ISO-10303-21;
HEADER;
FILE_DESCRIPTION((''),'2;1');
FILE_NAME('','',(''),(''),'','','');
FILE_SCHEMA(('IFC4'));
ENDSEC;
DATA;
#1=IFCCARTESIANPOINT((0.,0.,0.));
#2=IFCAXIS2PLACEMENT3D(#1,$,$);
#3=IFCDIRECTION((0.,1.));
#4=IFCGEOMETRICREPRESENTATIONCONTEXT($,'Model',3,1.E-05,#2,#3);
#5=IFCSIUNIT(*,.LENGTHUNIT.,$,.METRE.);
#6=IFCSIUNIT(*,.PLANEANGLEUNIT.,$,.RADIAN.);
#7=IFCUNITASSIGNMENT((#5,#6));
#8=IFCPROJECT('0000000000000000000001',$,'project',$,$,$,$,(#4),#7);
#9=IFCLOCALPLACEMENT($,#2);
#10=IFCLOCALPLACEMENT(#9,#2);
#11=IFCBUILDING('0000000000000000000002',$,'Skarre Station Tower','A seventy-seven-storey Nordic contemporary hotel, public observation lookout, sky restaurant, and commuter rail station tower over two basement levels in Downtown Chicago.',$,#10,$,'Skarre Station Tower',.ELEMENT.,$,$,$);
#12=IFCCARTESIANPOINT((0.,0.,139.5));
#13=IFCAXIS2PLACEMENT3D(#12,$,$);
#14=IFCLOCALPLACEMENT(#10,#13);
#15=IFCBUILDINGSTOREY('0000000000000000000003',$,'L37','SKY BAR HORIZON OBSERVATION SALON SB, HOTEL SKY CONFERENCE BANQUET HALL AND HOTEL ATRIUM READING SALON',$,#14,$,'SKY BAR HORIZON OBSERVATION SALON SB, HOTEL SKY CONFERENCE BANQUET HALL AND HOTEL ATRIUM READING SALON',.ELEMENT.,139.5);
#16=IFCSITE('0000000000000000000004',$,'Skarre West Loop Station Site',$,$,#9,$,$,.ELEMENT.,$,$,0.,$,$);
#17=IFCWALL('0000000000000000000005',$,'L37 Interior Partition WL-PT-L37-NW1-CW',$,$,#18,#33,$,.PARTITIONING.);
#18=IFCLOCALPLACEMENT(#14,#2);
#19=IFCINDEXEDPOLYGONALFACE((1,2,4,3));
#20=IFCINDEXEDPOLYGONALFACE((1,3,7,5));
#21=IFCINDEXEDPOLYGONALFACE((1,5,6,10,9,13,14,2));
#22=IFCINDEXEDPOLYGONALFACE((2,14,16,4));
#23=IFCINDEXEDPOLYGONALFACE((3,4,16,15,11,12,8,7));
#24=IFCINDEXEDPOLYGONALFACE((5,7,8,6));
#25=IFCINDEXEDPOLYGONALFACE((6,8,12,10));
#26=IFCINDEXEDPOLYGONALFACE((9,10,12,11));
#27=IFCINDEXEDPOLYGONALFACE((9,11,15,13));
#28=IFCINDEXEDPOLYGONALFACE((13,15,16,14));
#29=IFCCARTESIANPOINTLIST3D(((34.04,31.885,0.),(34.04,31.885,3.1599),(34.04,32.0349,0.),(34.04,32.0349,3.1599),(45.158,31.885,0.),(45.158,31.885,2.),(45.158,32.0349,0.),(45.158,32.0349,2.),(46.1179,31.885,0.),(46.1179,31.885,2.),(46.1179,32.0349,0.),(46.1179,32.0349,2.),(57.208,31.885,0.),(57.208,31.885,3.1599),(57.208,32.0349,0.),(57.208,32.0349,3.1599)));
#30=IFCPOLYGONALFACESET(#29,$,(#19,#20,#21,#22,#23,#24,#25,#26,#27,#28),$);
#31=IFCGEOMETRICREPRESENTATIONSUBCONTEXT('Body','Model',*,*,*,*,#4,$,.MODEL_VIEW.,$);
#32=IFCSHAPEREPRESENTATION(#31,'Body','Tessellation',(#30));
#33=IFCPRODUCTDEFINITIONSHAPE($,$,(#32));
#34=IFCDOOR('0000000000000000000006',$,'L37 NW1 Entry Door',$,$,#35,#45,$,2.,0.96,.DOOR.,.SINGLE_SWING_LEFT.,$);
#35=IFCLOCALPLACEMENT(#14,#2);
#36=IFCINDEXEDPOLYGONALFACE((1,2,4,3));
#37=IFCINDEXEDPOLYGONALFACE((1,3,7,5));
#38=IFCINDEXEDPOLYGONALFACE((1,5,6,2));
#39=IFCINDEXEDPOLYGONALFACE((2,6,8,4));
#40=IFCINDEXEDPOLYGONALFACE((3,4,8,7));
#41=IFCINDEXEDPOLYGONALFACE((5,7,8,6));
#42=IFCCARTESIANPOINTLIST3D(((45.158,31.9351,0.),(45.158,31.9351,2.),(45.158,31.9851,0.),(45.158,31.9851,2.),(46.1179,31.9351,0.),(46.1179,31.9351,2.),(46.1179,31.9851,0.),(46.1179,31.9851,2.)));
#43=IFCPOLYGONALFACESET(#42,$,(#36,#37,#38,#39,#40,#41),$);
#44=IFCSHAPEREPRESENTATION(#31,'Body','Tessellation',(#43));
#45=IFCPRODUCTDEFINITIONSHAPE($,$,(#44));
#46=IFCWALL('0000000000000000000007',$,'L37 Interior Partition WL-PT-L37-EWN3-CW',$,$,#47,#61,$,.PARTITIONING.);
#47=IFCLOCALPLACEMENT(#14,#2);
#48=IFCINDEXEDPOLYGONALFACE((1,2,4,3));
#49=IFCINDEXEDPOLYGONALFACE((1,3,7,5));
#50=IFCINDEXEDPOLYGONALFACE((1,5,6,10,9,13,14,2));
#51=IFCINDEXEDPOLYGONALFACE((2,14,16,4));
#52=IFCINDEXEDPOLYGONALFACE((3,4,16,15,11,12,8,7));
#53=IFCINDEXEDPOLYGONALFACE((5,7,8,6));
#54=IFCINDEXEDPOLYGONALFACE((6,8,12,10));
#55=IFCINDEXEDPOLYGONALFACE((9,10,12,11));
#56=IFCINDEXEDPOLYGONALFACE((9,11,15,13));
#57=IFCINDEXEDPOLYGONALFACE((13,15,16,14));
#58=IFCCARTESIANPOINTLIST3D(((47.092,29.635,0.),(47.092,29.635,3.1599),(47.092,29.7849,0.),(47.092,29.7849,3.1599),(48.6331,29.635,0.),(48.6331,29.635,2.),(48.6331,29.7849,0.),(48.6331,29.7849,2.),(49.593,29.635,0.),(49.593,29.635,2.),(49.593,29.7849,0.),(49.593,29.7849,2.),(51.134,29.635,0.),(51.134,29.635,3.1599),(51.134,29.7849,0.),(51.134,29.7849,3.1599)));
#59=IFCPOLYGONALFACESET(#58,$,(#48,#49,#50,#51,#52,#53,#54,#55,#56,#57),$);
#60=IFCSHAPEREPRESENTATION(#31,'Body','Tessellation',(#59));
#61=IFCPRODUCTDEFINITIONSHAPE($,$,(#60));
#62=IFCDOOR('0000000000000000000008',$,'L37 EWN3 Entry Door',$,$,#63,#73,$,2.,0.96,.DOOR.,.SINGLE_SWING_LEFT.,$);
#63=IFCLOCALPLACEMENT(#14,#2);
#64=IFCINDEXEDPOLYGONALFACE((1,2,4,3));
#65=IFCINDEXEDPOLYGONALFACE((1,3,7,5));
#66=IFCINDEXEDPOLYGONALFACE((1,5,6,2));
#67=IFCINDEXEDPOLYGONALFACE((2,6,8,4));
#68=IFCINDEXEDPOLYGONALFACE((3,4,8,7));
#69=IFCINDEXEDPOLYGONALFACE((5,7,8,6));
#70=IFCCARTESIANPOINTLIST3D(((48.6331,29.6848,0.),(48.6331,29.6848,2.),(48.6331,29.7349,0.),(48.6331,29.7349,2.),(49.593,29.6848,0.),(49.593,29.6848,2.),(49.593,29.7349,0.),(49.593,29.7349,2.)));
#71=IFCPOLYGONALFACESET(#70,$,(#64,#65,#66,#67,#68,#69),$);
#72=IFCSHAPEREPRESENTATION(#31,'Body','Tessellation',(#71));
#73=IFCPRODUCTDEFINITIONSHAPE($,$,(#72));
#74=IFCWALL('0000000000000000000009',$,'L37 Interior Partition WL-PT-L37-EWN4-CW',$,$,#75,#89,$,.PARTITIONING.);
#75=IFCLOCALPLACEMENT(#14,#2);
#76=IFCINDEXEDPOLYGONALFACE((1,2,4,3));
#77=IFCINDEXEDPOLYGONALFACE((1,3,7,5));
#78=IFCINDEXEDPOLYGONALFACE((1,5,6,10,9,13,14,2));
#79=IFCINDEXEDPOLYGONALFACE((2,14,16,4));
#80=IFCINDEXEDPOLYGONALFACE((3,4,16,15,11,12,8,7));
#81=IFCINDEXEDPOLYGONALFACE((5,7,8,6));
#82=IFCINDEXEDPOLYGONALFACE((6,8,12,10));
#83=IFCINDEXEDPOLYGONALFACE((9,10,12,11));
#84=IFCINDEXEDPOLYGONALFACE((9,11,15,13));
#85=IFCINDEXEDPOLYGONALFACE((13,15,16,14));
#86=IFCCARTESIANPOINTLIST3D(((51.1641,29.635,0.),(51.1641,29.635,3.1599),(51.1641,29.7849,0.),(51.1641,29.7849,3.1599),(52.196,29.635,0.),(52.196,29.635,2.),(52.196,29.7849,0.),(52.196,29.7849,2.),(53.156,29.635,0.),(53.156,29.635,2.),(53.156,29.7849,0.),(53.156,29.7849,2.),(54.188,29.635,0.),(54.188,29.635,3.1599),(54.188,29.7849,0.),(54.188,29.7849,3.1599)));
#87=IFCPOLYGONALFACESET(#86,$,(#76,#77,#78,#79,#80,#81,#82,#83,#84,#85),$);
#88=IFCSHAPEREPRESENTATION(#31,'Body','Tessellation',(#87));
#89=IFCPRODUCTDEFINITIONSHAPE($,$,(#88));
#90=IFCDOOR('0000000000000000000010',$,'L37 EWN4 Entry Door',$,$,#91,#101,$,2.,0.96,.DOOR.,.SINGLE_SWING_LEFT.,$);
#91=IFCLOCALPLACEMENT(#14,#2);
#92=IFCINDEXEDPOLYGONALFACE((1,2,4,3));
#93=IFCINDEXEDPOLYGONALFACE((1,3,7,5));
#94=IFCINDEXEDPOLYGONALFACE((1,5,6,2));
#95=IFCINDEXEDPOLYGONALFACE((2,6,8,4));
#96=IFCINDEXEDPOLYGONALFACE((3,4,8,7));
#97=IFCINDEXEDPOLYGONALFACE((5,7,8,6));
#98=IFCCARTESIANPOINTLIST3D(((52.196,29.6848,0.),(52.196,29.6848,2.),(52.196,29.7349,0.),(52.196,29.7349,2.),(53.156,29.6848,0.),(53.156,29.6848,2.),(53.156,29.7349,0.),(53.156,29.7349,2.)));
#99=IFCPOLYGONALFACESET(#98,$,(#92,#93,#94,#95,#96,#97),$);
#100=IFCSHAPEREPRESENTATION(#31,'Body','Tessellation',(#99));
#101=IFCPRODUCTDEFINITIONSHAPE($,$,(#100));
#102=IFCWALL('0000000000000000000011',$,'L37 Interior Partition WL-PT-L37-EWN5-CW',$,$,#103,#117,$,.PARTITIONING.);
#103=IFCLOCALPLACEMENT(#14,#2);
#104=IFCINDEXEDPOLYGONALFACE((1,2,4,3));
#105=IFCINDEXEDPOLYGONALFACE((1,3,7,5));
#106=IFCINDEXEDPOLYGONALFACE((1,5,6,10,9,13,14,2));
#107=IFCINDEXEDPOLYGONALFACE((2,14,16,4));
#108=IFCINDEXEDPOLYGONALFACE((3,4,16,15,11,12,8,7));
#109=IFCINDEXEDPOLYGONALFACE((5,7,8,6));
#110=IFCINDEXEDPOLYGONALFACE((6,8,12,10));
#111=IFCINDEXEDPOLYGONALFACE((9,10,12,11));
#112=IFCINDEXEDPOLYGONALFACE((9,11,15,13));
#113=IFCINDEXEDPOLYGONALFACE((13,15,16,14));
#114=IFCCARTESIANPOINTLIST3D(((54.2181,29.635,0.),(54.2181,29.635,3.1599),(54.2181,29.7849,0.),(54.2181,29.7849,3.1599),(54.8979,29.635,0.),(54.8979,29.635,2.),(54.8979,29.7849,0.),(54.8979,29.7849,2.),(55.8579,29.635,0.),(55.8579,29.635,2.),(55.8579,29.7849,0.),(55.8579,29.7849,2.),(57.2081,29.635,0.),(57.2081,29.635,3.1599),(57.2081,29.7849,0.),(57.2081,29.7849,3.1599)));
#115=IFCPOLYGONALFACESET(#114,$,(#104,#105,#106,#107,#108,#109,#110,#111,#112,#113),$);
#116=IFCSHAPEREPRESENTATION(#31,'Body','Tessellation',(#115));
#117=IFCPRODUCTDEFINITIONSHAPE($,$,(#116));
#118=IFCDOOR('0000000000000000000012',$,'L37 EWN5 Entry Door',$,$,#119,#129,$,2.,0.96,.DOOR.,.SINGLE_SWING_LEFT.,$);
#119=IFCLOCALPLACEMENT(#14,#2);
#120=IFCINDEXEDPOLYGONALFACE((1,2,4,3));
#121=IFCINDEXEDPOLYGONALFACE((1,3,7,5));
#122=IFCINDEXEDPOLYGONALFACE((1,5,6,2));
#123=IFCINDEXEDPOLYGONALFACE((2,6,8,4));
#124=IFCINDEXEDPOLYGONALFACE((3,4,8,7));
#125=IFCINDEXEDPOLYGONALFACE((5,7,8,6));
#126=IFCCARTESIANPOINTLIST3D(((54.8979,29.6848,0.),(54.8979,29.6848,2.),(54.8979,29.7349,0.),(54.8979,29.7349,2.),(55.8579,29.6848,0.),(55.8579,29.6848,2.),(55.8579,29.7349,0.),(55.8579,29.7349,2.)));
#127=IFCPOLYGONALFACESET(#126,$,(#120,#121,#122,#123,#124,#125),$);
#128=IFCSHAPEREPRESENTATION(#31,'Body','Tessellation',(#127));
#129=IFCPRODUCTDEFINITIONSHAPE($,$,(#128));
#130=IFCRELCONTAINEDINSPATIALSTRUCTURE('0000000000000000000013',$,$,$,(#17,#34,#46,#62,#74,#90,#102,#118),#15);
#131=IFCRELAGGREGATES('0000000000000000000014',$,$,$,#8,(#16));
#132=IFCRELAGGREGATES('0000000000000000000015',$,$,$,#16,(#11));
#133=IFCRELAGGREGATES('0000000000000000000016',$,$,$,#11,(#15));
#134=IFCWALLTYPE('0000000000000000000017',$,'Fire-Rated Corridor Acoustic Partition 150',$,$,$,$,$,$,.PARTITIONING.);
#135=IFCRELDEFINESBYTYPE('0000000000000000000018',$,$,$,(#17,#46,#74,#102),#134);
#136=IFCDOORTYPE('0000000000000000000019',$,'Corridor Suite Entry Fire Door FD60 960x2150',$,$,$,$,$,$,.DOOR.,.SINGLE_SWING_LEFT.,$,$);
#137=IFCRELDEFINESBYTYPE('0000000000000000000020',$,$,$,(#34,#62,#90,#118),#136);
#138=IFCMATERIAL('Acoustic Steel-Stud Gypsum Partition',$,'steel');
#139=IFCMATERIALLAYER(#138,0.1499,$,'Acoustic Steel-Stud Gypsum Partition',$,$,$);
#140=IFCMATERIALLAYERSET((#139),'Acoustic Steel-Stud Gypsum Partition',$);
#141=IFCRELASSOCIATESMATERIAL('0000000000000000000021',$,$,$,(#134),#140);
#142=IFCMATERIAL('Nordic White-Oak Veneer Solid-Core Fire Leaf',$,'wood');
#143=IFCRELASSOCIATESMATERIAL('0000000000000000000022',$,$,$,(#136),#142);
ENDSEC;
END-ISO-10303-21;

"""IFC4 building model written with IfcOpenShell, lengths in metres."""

from ifc_helpers import new_model, si_unit, direction, frame, frame_2d, origin, place, context, subcontext, project, spatial, rectangle, extrude, material, layer, layer_set, type_object, element, fill, save


model = new_model("IFC4")

# Units and contexts
model_context = context("Model", 3, precision=1e-05, world=origin(), true_north=direction((0.0, 1.0)))
body_context = subcontext(model_context, "Body", "Model", "MODEL_VIEW")
ifc_project = project(units=[si_unit("LENGTHUNIT", "METRE"), si_unit("PLANEANGLEUNIT", "RADIAN")], contexts=[model_context])

# Site, building, storey
site_placement = place(None, origin())
site = spatial("IfcSite", under=ifc_project, at=site_placement, Name="Skarre West Loop Station Site", CompositionType="ELEMENT", RefElevation=0.0)
building_placement = place(site_placement, origin())
building = spatial("IfcBuilding", under=site, at=building_placement, Name="Skarre Station Tower", Description="A seventy-seven-storey Nordic contemporary hotel, public observation lookout, sky restaurant, and commuter rail station tower over two basement levels in Downtown Chicago.", LongName="Skarre Station Tower", CompositionType="ELEMENT")
storey_placement = place(building_placement, frame((0.0, 0.0, 139.5)))
storey = spatial("IfcBuildingStorey", under=building, at=storey_placement, Name="L37", Description="SKY BAR HORIZON OBSERVATION SALON SB, HOTEL SKY CONFERENCE BANQUET HALL AND HOTEL ATRIUM READING SALON", LongName="SKY BAR HORIZON OBSERVATION SALON SB, HOTEL SKY CONFERENCE BANQUET HALL AND HOTEL ATRIUM READING SALON", CompositionType="ELEMENT", Elevation=139.5)

# Walls, openings, doors
ifc_material_1 = material(Name="Acoustic Steel-Stud Gypsum Partition", Category="steel")
ifc_layer_1 = layer(ifc_material_1, 0.1499, Name="Acoustic Steel-Stud Gypsum Partition")
ifc_layer_set_1 = layer_set([ifc_layer_1], Name="Acoustic Steel-Stud Gypsum Partition")
wall_type_1 = type_object("IfcWallType", Name="Fire-Rated Corridor Acoustic Partition 150", PredefinedType="PARTITIONING", material=ifc_layer_set_1)
wall_1_placement = place(storey_placement, frame((57.208, 31.96, 0.0), z_axis=(0.0, 0.0, 1.0), x_axis=(-1.0, 0.0, 0.0)))
wall_1 = element("IfcWall", 1, at=wall_1_placement, inside=storey, type_object=wall_type_1, Name="L37 Interior Partition WL-PT-L37-NW1-CW", PredefinedType="PARTITIONING", context=body_context, shape_type="SweptSolid", body=[
    extrude(rectangle(XDim=23.168, YDim=0.1499, at=frame_2d((11.584, 0.0))), origin(), (0.0, 0.0, 1.0), 3.1599),
])
opening_1_placement = place(wall_1_placement, frame((11.0901, 0.0, 0.0)))
opening_1 = element("IfcOpeningElement", 2, at=opening_1_placement, cuts=wall_1, PredefinedType="OPENING", context=body_context, shape_type="SweptSolid", body=[
    extrude(rectangle(XDim=0.96, YDim=2.0, at=frame_2d((0.48, 1.0))), frame((0.0, 0.085, 0.0), z_axis=(0.0, -1.0, 0.0), x_axis=(1.0, 0.0, 0.0)), (0.0, 0.0, 1.0), 0.1699),
])
ifc_material_2 = material(Name="Nordic White-Oak Veneer Solid-Core Fire Leaf", Category="wood")
door_type = type_object("IfcDoorType", Name="Corridor Suite Entry Fire Door FD60 960x2150", OperationType="SINGLE_SWING_LEFT", PredefinedType="DOOR", material=ifc_material_2)
door_1_placement = place(opening_1_placement, origin())
door_1 = element("IfcDoor", 3, at=door_1_placement, inside=storey, type_object=door_type, Name="L37 NW1 Entry Door", OperationType="SINGLE_SWING_LEFT", OverallHeight=2.0, OverallWidth=0.96, PredefinedType="DOOR", context=body_context, shape_type="SweptSolid", body=[
    extrude(rectangle(XDim=0.96, YDim=2.0, at=frame_2d((0.48, 1.0))), frame((0.0, 0.0249, 0.0), z_axis=(0.0, -1.0, 0.0), x_axis=(1.0, 0.0, 0.0)), (0.0, 0.0, 1.0), 0.05),
])
fill(opening_1, door_1)
wall_2_placement = place(storey_placement, frame((47.092, 29.71, 0.0), z_axis=(0.0, 0.0, 1.0), x_axis=(1.0, 0.0, 0.0)))
wall_2 = element("IfcWall", 4, at=wall_2_placement, inside=storey, type_object=wall_type_1, Name="L37 Interior Partition WL-PT-L37-EWN3-CW", PredefinedType="PARTITIONING", context=body_context, shape_type="SweptSolid", body=[
    extrude(rectangle(XDim=4.042, YDim=0.1499, at=frame_2d((2.021, 0.0))), origin(), (0.0, 0.0, 1.0), 3.1599),
])
opening_2_placement = place(wall_2_placement, frame((1.541, 0.0, 0.0)))
opening_2 = element("IfcOpeningElement", 5, at=opening_2_placement, cuts=wall_2, PredefinedType="OPENING", context=body_context, shape_type="SweptSolid", body=[
    extrude(rectangle(XDim=0.96, YDim=2.0, at=frame_2d((0.48, 1.0))), frame((0.0, 0.085, 0.0), z_axis=(0.0, -1.0, 0.0), x_axis=(1.0, 0.0, 0.0)), (0.0, 0.0, 1.0), 0.1699),
])
door_2_placement = place(opening_2_placement, origin())
door_2 = element("IfcDoor", 6, at=door_2_placement, inside=storey, type_object=door_type, Name="L37 EWN3 Entry Door", OperationType="SINGLE_SWING_LEFT", OverallHeight=2.0, OverallWidth=0.96, PredefinedType="DOOR", context=body_context, shape_type="SweptSolid", body=[
    extrude(rectangle(XDim=0.96, YDim=2.0, at=frame_2d((0.48, 1.0))), frame((0.0, 0.0249, 0.0), z_axis=(0.0, -1.0, 0.0), x_axis=(1.0, 0.0, 0.0)), (0.0, 0.0, 1.0), 0.05),
])
fill(opening_2, door_2)
wall_3_placement = place(storey_placement, frame((51.1641, 29.71, 0.0), z_axis=(0.0, 0.0, 1.0), x_axis=(1.0, 0.0, 0.0)))
wall_3 = element("IfcWall", 7, at=wall_3_placement, inside=storey, type_object=wall_type_1, Name="L37 Interior Partition WL-PT-L37-EWN4-CW", PredefinedType="PARTITIONING", context=body_context, shape_type="SweptSolid", body=[
    extrude(rectangle(XDim=3.0239, YDim=0.1499, at=frame_2d((1.512, 0.0))), origin(), (0.0, 0.0, 1.0), 3.1599),
])
opening_3_placement = place(wall_3_placement, frame((1.032, 0.0, 0.0)))
opening_3 = element("IfcOpeningElement", 8, at=opening_3_placement, cuts=wall_3, PredefinedType="OPENING", context=body_context, shape_type="SweptSolid", body=[
    extrude(rectangle(XDim=0.96, YDim=2.0, at=frame_2d((0.48, 1.0))), frame((0.0, 0.085, 0.0), z_axis=(0.0, -1.0, 0.0), x_axis=(1.0, 0.0, 0.0)), (0.0, 0.0, 1.0), 0.1699),
])
door_3_placement = place(opening_3_placement, origin())
door_3 = element("IfcDoor", 9, at=door_3_placement, inside=storey, type_object=door_type, Name="L37 EWN4 Entry Door", OperationType="SINGLE_SWING_LEFT", OverallHeight=2.0, OverallWidth=0.96, PredefinedType="DOOR", context=body_context, shape_type="SweptSolid", body=[
    extrude(rectangle(XDim=0.96, YDim=2.0, at=frame_2d((0.48, 1.0))), frame((0.0, 0.0249, 0.0), z_axis=(0.0, -1.0, 0.0), x_axis=(1.0, 0.0, 0.0)), (0.0, 0.0, 1.0), 0.05),
])
fill(opening_3, door_3)
wall_4_placement = place(storey_placement, frame((54.218, 29.71, 0.0), z_axis=(0.0, 0.0, 1.0), x_axis=(1.0, 0.0, 0.0)))
wall_4 = element("IfcWall", 10, at=wall_4_placement, inside=storey, type_object=wall_type_1, Name="L37 Interior Partition WL-PT-L37-EWN5-CW", PredefinedType="PARTITIONING", context=body_context, shape_type="SweptSolid", body=[
    extrude(rectangle(XDim=2.99, YDim=0.1499, at=frame_2d((1.4951, 0.0))), origin(), (0.0, 0.0, 1.0), 3.1599),
])
opening_4_placement = place(wall_4_placement, frame((0.6799, 0.0, 0.0)))
opening_4 = element("IfcOpeningElement", 11, at=opening_4_placement, cuts=wall_4, PredefinedType="OPENING", context=body_context, shape_type="SweptSolid", body=[
    extrude(rectangle(XDim=0.96, YDim=2.0, at=frame_2d((0.48, 1.0))), frame((0.0, 0.085, 0.0), z_axis=(0.0, -1.0, 0.0), x_axis=(1.0, 0.0, 0.0)), (0.0, 0.0, 1.0), 0.1699),
])
door_4_placement = place(opening_4_placement, origin())
door_4 = element("IfcDoor", 12, at=door_4_placement, inside=storey, type_object=door_type, Name="L37 EWN5 Entry Door", OperationType="SINGLE_SWING_LEFT", OverallHeight=2.0, OverallWidth=0.96, PredefinedType="DOOR", context=body_context, shape_type="SweptSolid", body=[
    extrude(rectangle(XDim=0.96, YDim=2.0, at=frame_2d((0.48, 1.0))), frame((0.0, 0.0249, 0.0), z_axis=(0.0, -1.0, 0.0), x_axis=(1.0, 0.0, 0.0)), (0.0, 0.0, 1.0), 0.05),
])
fill(opening_4, door_4)

save(model, "model.ifc")
